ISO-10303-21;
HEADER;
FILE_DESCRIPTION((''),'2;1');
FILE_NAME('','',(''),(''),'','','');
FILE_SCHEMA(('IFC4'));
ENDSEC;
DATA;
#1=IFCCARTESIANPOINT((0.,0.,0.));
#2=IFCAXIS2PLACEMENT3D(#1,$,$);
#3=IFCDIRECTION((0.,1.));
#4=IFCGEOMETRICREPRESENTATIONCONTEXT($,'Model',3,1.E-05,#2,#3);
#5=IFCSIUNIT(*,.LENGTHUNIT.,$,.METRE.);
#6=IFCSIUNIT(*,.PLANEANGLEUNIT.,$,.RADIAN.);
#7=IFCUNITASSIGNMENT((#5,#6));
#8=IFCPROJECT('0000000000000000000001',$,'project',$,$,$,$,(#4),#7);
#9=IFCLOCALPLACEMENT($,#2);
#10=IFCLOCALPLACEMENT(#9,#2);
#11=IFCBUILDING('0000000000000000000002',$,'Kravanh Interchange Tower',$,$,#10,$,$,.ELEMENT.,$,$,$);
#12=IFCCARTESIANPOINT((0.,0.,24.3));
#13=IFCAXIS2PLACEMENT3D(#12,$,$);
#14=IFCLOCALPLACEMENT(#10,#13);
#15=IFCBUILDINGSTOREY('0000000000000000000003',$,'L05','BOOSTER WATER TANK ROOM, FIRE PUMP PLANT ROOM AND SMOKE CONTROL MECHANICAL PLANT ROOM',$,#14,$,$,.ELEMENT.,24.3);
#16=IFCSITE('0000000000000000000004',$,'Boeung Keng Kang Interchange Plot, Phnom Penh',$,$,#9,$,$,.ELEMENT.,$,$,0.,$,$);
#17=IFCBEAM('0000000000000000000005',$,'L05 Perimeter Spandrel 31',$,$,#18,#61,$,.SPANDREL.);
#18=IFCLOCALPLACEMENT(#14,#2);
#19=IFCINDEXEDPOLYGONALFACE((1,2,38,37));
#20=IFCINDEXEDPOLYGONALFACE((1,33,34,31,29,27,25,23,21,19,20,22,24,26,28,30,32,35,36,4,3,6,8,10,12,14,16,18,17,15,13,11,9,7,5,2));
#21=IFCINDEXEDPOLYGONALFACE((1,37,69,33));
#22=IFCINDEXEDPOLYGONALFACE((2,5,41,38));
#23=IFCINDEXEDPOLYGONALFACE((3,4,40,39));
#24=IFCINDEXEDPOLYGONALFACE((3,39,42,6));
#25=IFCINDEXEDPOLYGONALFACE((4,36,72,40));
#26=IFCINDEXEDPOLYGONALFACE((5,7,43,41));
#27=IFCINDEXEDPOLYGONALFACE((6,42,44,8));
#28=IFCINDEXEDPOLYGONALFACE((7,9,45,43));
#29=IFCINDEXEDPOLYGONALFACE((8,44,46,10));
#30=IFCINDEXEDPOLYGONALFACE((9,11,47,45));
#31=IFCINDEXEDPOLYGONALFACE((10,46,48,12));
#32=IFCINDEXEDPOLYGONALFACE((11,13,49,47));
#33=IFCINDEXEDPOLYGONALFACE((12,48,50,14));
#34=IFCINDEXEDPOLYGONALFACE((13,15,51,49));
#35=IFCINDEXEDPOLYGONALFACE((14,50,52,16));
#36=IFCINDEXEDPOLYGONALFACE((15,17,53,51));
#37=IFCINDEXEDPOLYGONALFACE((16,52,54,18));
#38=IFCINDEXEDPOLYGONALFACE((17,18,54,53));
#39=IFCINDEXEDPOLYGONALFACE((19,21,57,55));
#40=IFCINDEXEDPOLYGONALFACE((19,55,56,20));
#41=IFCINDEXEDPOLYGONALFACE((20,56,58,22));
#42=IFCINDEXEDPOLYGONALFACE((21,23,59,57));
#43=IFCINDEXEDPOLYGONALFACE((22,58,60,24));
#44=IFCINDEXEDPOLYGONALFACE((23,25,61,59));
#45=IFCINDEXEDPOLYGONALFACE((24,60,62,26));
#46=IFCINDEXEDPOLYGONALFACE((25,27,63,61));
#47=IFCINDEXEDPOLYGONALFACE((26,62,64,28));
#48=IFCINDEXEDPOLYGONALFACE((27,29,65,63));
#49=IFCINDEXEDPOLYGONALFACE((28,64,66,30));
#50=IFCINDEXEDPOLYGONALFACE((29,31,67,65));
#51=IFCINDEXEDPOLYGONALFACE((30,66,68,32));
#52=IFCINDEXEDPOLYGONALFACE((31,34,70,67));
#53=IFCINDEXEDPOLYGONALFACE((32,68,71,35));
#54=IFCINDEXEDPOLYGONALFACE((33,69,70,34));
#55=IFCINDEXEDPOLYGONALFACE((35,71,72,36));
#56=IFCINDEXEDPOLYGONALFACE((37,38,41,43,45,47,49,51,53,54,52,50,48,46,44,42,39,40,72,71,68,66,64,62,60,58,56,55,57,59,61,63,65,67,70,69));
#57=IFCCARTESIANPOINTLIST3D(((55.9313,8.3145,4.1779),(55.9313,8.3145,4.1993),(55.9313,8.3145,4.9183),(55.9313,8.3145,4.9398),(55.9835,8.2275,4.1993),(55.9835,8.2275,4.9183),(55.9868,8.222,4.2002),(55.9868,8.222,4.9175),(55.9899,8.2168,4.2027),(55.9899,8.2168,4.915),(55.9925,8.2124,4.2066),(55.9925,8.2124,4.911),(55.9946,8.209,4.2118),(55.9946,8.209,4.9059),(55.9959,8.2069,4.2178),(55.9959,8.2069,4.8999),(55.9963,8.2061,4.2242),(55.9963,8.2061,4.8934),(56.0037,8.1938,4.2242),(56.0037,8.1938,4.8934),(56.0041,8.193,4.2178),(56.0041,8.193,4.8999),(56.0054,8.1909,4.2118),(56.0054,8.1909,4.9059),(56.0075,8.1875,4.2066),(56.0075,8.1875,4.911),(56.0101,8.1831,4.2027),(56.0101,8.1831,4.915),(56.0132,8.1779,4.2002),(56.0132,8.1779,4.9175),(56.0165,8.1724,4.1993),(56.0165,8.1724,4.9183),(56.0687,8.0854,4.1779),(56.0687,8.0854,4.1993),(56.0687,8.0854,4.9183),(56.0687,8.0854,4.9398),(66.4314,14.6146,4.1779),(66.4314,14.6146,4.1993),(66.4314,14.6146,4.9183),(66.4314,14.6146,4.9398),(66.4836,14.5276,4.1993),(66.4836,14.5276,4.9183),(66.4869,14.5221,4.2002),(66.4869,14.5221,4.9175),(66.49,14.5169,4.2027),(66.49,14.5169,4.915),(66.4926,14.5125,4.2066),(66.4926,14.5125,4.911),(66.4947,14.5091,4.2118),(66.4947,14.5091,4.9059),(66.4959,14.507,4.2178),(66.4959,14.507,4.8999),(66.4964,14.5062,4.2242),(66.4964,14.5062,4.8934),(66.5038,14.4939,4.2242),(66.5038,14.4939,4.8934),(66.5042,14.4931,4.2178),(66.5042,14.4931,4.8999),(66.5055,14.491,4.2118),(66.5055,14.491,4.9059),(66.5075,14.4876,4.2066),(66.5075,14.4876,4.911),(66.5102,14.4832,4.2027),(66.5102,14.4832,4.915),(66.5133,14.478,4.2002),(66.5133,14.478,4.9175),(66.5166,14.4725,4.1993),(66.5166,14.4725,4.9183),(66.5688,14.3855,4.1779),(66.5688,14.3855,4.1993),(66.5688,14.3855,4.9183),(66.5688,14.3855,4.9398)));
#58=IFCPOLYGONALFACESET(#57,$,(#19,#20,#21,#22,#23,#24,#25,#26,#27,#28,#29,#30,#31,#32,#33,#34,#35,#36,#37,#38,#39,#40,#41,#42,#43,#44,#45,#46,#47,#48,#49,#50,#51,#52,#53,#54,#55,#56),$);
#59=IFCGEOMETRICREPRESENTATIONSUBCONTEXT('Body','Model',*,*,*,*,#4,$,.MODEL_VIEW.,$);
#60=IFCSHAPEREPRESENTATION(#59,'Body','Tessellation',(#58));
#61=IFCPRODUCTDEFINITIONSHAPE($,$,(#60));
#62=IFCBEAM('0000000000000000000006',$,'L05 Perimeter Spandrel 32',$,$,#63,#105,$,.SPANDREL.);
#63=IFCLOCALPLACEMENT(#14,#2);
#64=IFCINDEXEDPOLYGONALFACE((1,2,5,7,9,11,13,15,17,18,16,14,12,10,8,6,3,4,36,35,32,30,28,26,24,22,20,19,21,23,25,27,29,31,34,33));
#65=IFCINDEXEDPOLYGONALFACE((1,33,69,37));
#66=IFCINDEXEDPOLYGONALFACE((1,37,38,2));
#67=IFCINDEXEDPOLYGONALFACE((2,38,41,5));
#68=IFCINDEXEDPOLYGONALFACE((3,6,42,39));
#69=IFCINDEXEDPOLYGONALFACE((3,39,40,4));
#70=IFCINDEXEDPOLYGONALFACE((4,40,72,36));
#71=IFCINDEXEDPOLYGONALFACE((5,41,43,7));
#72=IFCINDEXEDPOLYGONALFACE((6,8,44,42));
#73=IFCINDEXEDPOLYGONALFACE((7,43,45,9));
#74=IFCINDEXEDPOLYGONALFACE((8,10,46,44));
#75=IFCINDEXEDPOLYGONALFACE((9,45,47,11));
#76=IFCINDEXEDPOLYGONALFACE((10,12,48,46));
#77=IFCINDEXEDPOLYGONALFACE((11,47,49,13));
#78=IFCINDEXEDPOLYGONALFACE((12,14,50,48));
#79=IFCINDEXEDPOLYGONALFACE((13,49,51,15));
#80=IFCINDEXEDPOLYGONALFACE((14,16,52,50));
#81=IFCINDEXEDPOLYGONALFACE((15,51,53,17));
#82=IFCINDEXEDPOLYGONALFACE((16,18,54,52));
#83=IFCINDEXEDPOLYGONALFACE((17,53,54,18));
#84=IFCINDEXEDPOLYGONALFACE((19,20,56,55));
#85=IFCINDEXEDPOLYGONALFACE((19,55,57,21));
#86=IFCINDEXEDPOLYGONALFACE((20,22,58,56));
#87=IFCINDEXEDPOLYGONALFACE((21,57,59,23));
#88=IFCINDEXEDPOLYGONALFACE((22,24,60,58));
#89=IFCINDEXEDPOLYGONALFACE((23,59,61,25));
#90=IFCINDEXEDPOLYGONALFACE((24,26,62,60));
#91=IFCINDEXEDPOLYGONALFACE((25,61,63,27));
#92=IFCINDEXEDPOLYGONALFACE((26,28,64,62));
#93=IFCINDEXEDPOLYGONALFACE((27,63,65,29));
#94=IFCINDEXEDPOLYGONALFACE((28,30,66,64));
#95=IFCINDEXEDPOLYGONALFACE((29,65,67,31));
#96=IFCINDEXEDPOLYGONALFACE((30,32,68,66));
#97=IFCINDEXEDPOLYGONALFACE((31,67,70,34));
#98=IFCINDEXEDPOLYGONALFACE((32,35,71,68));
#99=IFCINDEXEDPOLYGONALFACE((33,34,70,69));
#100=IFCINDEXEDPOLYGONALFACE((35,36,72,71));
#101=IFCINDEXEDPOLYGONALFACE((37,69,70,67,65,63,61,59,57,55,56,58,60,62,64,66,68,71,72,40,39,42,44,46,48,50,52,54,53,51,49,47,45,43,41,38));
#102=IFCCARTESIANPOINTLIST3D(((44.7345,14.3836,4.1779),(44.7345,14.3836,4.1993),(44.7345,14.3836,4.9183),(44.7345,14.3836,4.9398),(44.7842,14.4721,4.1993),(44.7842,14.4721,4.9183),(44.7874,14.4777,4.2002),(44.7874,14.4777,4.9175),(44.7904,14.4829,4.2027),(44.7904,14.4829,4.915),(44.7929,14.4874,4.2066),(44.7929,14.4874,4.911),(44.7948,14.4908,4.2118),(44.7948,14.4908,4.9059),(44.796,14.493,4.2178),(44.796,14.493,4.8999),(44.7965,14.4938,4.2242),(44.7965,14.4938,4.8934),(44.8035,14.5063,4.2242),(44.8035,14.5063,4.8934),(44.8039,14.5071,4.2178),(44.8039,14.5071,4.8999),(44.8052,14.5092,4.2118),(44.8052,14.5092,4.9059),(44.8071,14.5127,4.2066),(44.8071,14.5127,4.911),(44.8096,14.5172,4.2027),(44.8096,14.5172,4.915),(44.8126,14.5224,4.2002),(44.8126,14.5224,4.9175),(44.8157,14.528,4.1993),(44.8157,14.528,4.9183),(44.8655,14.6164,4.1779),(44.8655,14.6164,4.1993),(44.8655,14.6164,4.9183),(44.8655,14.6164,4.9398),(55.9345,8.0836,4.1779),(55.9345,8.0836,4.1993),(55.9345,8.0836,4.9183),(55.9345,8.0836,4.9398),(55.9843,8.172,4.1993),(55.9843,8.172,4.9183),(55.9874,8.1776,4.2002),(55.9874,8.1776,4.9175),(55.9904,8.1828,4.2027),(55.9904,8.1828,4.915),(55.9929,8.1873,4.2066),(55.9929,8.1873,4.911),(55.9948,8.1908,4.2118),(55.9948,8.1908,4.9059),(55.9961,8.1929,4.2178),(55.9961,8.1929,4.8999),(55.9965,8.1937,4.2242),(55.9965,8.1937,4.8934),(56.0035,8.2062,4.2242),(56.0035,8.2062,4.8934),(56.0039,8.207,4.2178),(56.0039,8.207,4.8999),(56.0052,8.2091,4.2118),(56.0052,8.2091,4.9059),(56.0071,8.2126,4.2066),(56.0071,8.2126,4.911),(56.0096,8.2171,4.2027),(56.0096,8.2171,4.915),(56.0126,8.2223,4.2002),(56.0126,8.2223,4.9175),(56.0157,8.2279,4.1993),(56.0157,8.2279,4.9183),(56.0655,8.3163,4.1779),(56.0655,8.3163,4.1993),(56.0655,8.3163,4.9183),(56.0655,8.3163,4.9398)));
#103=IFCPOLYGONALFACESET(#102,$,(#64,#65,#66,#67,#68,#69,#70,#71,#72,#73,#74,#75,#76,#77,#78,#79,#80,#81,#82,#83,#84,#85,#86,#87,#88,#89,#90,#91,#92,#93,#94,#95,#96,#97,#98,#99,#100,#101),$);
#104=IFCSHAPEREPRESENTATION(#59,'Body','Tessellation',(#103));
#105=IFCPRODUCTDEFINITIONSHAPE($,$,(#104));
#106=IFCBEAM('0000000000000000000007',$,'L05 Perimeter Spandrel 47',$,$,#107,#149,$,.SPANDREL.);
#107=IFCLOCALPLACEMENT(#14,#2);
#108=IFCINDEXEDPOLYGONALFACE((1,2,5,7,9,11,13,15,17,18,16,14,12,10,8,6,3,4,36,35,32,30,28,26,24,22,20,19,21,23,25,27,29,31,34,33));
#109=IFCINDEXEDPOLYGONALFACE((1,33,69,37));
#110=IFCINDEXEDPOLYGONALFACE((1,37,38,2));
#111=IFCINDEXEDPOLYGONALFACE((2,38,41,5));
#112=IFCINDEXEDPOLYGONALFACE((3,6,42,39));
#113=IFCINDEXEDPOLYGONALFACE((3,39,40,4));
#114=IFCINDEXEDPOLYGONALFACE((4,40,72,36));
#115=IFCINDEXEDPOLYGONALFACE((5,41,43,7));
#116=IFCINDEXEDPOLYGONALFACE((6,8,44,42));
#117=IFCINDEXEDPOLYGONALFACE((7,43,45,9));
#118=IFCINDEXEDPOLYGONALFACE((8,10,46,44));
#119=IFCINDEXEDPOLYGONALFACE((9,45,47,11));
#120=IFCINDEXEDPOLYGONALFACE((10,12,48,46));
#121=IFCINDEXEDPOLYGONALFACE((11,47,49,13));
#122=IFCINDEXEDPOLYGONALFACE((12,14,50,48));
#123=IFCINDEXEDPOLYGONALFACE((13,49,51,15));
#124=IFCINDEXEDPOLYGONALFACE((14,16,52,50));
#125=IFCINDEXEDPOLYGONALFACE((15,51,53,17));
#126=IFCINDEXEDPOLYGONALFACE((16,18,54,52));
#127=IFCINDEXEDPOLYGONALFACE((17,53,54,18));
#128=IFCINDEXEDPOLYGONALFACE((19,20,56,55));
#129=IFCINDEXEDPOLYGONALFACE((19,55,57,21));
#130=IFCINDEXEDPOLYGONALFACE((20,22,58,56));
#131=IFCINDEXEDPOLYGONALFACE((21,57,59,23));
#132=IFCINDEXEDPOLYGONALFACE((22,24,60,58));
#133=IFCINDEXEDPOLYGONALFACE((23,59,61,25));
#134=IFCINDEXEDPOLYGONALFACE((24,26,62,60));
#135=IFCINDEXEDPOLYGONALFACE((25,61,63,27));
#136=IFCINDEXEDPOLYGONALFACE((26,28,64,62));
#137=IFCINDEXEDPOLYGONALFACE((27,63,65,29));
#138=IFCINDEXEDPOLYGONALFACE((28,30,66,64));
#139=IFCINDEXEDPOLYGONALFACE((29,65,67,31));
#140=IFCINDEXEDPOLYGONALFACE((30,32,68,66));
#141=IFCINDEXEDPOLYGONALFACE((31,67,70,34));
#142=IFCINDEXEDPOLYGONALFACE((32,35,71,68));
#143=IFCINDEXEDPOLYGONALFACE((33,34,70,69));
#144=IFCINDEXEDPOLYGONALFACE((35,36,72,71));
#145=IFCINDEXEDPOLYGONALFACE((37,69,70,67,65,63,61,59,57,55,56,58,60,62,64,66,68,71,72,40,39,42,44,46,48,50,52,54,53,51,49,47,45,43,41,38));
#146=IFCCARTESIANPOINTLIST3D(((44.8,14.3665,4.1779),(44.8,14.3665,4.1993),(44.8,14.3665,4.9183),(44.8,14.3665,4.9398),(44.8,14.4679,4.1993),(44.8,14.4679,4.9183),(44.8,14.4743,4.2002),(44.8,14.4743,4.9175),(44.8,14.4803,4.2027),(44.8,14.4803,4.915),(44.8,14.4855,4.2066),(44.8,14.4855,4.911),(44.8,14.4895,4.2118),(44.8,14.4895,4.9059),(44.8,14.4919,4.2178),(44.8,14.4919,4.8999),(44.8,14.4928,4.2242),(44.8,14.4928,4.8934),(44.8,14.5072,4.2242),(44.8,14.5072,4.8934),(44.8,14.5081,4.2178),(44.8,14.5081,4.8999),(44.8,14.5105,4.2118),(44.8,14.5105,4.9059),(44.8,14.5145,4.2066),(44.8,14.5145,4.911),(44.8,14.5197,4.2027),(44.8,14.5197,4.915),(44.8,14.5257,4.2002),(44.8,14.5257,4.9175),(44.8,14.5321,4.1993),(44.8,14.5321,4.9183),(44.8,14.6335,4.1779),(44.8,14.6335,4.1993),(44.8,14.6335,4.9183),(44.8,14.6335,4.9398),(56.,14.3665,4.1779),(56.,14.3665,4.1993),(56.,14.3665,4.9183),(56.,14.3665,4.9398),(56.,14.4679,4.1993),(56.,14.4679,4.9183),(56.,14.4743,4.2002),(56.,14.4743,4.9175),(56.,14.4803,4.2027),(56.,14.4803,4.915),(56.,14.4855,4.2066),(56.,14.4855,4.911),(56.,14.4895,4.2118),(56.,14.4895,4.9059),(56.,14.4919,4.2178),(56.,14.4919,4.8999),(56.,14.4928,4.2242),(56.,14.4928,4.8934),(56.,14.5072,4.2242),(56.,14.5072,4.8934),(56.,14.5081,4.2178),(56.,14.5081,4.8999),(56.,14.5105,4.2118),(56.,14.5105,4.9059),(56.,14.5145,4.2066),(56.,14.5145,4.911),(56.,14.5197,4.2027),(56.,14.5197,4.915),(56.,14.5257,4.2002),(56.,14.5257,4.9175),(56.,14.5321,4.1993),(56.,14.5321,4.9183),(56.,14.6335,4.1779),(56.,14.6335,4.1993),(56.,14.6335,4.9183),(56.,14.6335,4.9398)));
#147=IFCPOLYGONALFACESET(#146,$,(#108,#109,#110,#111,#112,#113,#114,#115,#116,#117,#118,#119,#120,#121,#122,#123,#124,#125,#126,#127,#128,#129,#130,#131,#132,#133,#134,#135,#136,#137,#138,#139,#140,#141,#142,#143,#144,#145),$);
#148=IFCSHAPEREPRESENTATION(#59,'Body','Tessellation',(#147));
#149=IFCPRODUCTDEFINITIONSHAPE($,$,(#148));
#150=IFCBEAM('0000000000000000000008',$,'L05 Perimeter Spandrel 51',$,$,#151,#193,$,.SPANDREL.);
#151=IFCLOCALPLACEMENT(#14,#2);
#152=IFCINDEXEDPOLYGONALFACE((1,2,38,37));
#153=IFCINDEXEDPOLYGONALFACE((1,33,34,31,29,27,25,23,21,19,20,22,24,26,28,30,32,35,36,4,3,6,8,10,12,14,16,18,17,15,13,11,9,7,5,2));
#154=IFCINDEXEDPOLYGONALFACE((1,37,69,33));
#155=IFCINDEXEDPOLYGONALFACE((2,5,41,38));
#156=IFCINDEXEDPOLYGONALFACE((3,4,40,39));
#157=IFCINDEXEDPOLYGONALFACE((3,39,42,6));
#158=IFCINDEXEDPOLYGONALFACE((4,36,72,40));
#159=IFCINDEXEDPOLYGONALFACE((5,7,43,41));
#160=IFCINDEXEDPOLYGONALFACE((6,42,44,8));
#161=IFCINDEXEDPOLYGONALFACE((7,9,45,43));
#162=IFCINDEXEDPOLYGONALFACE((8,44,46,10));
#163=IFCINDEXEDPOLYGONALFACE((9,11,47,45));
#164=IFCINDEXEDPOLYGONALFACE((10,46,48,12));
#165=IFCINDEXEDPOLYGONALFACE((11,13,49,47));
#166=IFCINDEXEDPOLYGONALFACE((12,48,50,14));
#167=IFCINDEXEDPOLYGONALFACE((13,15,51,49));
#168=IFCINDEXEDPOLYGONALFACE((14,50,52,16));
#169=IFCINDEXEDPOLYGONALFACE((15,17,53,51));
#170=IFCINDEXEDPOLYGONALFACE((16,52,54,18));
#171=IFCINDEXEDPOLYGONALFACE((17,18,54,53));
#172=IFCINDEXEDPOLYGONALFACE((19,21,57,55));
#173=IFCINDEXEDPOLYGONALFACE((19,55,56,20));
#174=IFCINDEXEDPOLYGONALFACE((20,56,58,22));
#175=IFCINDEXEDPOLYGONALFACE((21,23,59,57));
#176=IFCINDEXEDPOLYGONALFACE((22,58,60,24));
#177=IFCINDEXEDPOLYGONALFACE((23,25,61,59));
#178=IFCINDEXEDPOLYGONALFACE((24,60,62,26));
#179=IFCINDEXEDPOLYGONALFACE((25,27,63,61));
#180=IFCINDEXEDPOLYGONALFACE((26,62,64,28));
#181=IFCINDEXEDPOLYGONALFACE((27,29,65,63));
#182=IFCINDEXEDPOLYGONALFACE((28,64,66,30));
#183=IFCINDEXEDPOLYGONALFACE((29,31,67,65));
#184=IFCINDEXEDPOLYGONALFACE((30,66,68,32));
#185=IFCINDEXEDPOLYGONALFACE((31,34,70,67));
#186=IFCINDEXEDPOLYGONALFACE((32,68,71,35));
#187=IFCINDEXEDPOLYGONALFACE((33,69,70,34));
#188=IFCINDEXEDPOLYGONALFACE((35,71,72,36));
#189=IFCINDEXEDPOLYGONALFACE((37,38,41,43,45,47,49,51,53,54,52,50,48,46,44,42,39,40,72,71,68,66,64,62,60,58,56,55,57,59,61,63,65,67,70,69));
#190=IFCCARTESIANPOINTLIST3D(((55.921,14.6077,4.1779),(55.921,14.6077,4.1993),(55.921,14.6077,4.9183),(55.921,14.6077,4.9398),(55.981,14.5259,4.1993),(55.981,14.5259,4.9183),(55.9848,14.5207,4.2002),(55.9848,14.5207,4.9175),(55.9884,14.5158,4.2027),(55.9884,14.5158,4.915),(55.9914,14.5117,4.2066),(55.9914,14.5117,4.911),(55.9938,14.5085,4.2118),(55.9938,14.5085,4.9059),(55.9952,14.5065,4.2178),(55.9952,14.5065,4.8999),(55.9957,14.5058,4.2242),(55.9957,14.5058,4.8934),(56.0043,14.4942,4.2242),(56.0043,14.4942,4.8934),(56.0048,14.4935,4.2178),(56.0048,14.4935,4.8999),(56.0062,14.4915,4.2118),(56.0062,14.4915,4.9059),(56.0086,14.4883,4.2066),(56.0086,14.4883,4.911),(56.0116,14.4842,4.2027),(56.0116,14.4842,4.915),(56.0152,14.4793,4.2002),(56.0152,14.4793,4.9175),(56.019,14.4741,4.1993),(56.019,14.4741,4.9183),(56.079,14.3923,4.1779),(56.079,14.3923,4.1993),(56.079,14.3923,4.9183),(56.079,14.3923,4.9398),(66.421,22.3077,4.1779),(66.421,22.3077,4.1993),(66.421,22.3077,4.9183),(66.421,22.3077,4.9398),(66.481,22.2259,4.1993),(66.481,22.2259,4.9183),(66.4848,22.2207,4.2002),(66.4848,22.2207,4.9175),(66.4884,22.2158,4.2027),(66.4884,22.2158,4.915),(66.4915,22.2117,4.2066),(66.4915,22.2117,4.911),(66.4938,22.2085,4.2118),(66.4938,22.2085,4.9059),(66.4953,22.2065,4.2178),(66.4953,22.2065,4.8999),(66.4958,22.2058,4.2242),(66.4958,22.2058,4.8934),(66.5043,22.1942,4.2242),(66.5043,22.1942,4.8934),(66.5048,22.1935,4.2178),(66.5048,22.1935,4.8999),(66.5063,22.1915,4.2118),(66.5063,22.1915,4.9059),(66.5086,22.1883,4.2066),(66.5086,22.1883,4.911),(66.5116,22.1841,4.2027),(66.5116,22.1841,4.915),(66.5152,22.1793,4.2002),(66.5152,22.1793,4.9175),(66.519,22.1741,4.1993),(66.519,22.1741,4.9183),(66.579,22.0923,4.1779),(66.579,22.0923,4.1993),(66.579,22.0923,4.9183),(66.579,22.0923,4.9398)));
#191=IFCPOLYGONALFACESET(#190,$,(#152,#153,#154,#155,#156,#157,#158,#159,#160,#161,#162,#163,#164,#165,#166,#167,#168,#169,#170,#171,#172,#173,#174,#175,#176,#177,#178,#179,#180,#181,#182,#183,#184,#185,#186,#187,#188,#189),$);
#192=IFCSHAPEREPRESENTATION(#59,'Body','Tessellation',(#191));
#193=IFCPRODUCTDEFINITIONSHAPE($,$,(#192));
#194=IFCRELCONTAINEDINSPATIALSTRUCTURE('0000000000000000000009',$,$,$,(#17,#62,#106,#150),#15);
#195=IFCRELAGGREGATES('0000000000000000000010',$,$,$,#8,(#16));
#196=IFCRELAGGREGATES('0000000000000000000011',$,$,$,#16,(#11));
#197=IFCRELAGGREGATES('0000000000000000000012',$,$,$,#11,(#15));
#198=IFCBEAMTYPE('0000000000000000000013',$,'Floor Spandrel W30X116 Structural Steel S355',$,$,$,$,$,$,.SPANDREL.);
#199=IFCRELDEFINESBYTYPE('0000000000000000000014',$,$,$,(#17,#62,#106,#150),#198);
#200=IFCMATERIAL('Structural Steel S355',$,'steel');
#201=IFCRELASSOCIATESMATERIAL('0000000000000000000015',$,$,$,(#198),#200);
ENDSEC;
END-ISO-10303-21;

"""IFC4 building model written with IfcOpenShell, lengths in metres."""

from ifc_helpers import new_model, si_unit, direction, frame, origin, origin_2d, place, context, subcontext, project, spatial, i_section, extrude, material, material_profile, profile_set, type_object, element, save


model = new_model("IFC4")

# Units and contexts
model_context = context("Model", 3, precision=1e-05, world=origin(), true_north=direction((0.0, 1.0)))
body_context = subcontext(model_context, "Body", "Model", "MODEL_VIEW")
ifc_project = project(units=[si_unit("LENGTHUNIT", "METRE"), si_unit("PLANEANGLEUNIT", "RADIAN")], contexts=[model_context])

# Site, building, storey
site_placement = place(None, origin())
site = spatial("IfcSite", under=ifc_project, at=site_placement, Name="Boeung Keng Kang Interchange Plot, Phnom Penh", CompositionType="ELEMENT", RefElevation=0.0)
building_placement = place(site_placement, origin())
building = spatial("IfcBuilding", under=site, at=building_placement, Name="Kravanh Interchange Tower", CompositionType="ELEMENT")
storey_placement = place(building_placement, frame((0.0, 0.0, 24.3)))
storey = spatial("IfcBuildingStorey", under=building, at=storey_placement, Name="L05", Description="BOOSTER WATER TANK ROOM, FIRE PUMP PLANT ROOM AND SMOKE CONTROL MECHANICAL PLANT ROOM", CompositionType="ELEMENT", Elevation=24.3)

# Beams
ifc_material_1 = material(Name="Structural Steel S355", Category="steel")
ifc_material_profile_1 = material_profile(ifc_material_1, i_section(OverallWidth=0.2671, OverallDepth=0.762, WebThickness=0.0144, FlangeThickness=0.0215, FilletRadius=0.0249, at=origin_2d()), Name="W30X116")
ifc_profile_set_1 = profile_set([ifc_material_profile_1], Name="Structural Steel S355")
beam_type_1 = type_object("IfcBeamType", Name="Floor Spandrel W30X116 Structural Steel S355", PredefinedType="SPANDREL", material=ifc_profile_set_1)
beam_1_placement = place(storey_placement, frame((56.0, 8.2, 4.5588), z_axis=(0.857491, 0.514499, 0.0), x_axis=(-0.514499, 0.857491, 0.0)))
element("IfcBeam", 1, at=beam_1_placement, inside=storey, type_object=beam_type_1, Name="L05 Perimeter Spandrel 31", PredefinedType="SPANDREL", context=body_context, shape_type="SweptSolid", body=[
    extrude(i_section(OverallWidth=0.2671, OverallDepth=0.762, WebThickness=0.0144, FlangeThickness=0.0215, FilletRadius=0.0249, at=origin_2d()), origin(), (0.0, 0.0, 1.0), 12.2451),
])
beam_2_placement = place(storey_placement, frame((56.0, 8.2, 4.5588), z_axis=(-0.871573, 0.490266, 0.0), x_axis=(-0.490266, -0.871573, 0.0)))
element("IfcBeam", 2, at=beam_2_placement, inside=storey, type_object=beam_type_1, Name="L05 Perimeter Spandrel 32", PredefinedType="SPANDREL", context=body_context, shape_type="SweptSolid", body=[
    extrude(i_section(OverallWidth=0.2671, OverallDepth=0.762, WebThickness=0.0144, FlangeThickness=0.0215, FilletRadius=0.0249, at=origin_2d()), origin(), (0.0, 0.0, 1.0), 12.8503),
])
beam_3_placement = place(storey_placement, frame((44.8, 14.5, 4.5588), z_axis=(1.0, 0.0, 0.0), x_axis=(0.0, 1.0, 0.0)))
element("IfcBeam", 3, at=beam_3_placement, inside=storey, type_object=beam_type_1, Name="L05 Perimeter Spandrel 47", PredefinedType="SPANDREL", context=body_context, shape_type="SweptSolid", body=[
    extrude(i_section(OverallWidth=0.2671, OverallDepth=0.762, WebThickness=0.0144, FlangeThickness=0.0215, FilletRadius=0.0249, at=origin_2d()), origin(), (0.0, 0.0, 1.0), 11.2),
])
beam_4_placement = place(storey_placement, frame((56.0, 14.5, 4.5588), z_axis=(0.806407, 0.591361, 0.0), x_axis=(-0.591361, 0.806407, 0.0)))
element("IfcBeam", 4, at=beam_4_placement, inside=storey, type_object=beam_type_1, Name="L05 Perimeter Spandrel 51", PredefinedType="SPANDREL", context=body_context, shape_type="SweptSolid", body=[
    extrude(i_section(OverallWidth=0.2671, OverallDepth=0.762, WebThickness=0.0144, FlangeThickness=0.0215, FilletRadius=0.0249, at=origin_2d()), origin(), (0.0, 0.0, 1.0), 13.0208),
])

save(model, "model.ifc")
